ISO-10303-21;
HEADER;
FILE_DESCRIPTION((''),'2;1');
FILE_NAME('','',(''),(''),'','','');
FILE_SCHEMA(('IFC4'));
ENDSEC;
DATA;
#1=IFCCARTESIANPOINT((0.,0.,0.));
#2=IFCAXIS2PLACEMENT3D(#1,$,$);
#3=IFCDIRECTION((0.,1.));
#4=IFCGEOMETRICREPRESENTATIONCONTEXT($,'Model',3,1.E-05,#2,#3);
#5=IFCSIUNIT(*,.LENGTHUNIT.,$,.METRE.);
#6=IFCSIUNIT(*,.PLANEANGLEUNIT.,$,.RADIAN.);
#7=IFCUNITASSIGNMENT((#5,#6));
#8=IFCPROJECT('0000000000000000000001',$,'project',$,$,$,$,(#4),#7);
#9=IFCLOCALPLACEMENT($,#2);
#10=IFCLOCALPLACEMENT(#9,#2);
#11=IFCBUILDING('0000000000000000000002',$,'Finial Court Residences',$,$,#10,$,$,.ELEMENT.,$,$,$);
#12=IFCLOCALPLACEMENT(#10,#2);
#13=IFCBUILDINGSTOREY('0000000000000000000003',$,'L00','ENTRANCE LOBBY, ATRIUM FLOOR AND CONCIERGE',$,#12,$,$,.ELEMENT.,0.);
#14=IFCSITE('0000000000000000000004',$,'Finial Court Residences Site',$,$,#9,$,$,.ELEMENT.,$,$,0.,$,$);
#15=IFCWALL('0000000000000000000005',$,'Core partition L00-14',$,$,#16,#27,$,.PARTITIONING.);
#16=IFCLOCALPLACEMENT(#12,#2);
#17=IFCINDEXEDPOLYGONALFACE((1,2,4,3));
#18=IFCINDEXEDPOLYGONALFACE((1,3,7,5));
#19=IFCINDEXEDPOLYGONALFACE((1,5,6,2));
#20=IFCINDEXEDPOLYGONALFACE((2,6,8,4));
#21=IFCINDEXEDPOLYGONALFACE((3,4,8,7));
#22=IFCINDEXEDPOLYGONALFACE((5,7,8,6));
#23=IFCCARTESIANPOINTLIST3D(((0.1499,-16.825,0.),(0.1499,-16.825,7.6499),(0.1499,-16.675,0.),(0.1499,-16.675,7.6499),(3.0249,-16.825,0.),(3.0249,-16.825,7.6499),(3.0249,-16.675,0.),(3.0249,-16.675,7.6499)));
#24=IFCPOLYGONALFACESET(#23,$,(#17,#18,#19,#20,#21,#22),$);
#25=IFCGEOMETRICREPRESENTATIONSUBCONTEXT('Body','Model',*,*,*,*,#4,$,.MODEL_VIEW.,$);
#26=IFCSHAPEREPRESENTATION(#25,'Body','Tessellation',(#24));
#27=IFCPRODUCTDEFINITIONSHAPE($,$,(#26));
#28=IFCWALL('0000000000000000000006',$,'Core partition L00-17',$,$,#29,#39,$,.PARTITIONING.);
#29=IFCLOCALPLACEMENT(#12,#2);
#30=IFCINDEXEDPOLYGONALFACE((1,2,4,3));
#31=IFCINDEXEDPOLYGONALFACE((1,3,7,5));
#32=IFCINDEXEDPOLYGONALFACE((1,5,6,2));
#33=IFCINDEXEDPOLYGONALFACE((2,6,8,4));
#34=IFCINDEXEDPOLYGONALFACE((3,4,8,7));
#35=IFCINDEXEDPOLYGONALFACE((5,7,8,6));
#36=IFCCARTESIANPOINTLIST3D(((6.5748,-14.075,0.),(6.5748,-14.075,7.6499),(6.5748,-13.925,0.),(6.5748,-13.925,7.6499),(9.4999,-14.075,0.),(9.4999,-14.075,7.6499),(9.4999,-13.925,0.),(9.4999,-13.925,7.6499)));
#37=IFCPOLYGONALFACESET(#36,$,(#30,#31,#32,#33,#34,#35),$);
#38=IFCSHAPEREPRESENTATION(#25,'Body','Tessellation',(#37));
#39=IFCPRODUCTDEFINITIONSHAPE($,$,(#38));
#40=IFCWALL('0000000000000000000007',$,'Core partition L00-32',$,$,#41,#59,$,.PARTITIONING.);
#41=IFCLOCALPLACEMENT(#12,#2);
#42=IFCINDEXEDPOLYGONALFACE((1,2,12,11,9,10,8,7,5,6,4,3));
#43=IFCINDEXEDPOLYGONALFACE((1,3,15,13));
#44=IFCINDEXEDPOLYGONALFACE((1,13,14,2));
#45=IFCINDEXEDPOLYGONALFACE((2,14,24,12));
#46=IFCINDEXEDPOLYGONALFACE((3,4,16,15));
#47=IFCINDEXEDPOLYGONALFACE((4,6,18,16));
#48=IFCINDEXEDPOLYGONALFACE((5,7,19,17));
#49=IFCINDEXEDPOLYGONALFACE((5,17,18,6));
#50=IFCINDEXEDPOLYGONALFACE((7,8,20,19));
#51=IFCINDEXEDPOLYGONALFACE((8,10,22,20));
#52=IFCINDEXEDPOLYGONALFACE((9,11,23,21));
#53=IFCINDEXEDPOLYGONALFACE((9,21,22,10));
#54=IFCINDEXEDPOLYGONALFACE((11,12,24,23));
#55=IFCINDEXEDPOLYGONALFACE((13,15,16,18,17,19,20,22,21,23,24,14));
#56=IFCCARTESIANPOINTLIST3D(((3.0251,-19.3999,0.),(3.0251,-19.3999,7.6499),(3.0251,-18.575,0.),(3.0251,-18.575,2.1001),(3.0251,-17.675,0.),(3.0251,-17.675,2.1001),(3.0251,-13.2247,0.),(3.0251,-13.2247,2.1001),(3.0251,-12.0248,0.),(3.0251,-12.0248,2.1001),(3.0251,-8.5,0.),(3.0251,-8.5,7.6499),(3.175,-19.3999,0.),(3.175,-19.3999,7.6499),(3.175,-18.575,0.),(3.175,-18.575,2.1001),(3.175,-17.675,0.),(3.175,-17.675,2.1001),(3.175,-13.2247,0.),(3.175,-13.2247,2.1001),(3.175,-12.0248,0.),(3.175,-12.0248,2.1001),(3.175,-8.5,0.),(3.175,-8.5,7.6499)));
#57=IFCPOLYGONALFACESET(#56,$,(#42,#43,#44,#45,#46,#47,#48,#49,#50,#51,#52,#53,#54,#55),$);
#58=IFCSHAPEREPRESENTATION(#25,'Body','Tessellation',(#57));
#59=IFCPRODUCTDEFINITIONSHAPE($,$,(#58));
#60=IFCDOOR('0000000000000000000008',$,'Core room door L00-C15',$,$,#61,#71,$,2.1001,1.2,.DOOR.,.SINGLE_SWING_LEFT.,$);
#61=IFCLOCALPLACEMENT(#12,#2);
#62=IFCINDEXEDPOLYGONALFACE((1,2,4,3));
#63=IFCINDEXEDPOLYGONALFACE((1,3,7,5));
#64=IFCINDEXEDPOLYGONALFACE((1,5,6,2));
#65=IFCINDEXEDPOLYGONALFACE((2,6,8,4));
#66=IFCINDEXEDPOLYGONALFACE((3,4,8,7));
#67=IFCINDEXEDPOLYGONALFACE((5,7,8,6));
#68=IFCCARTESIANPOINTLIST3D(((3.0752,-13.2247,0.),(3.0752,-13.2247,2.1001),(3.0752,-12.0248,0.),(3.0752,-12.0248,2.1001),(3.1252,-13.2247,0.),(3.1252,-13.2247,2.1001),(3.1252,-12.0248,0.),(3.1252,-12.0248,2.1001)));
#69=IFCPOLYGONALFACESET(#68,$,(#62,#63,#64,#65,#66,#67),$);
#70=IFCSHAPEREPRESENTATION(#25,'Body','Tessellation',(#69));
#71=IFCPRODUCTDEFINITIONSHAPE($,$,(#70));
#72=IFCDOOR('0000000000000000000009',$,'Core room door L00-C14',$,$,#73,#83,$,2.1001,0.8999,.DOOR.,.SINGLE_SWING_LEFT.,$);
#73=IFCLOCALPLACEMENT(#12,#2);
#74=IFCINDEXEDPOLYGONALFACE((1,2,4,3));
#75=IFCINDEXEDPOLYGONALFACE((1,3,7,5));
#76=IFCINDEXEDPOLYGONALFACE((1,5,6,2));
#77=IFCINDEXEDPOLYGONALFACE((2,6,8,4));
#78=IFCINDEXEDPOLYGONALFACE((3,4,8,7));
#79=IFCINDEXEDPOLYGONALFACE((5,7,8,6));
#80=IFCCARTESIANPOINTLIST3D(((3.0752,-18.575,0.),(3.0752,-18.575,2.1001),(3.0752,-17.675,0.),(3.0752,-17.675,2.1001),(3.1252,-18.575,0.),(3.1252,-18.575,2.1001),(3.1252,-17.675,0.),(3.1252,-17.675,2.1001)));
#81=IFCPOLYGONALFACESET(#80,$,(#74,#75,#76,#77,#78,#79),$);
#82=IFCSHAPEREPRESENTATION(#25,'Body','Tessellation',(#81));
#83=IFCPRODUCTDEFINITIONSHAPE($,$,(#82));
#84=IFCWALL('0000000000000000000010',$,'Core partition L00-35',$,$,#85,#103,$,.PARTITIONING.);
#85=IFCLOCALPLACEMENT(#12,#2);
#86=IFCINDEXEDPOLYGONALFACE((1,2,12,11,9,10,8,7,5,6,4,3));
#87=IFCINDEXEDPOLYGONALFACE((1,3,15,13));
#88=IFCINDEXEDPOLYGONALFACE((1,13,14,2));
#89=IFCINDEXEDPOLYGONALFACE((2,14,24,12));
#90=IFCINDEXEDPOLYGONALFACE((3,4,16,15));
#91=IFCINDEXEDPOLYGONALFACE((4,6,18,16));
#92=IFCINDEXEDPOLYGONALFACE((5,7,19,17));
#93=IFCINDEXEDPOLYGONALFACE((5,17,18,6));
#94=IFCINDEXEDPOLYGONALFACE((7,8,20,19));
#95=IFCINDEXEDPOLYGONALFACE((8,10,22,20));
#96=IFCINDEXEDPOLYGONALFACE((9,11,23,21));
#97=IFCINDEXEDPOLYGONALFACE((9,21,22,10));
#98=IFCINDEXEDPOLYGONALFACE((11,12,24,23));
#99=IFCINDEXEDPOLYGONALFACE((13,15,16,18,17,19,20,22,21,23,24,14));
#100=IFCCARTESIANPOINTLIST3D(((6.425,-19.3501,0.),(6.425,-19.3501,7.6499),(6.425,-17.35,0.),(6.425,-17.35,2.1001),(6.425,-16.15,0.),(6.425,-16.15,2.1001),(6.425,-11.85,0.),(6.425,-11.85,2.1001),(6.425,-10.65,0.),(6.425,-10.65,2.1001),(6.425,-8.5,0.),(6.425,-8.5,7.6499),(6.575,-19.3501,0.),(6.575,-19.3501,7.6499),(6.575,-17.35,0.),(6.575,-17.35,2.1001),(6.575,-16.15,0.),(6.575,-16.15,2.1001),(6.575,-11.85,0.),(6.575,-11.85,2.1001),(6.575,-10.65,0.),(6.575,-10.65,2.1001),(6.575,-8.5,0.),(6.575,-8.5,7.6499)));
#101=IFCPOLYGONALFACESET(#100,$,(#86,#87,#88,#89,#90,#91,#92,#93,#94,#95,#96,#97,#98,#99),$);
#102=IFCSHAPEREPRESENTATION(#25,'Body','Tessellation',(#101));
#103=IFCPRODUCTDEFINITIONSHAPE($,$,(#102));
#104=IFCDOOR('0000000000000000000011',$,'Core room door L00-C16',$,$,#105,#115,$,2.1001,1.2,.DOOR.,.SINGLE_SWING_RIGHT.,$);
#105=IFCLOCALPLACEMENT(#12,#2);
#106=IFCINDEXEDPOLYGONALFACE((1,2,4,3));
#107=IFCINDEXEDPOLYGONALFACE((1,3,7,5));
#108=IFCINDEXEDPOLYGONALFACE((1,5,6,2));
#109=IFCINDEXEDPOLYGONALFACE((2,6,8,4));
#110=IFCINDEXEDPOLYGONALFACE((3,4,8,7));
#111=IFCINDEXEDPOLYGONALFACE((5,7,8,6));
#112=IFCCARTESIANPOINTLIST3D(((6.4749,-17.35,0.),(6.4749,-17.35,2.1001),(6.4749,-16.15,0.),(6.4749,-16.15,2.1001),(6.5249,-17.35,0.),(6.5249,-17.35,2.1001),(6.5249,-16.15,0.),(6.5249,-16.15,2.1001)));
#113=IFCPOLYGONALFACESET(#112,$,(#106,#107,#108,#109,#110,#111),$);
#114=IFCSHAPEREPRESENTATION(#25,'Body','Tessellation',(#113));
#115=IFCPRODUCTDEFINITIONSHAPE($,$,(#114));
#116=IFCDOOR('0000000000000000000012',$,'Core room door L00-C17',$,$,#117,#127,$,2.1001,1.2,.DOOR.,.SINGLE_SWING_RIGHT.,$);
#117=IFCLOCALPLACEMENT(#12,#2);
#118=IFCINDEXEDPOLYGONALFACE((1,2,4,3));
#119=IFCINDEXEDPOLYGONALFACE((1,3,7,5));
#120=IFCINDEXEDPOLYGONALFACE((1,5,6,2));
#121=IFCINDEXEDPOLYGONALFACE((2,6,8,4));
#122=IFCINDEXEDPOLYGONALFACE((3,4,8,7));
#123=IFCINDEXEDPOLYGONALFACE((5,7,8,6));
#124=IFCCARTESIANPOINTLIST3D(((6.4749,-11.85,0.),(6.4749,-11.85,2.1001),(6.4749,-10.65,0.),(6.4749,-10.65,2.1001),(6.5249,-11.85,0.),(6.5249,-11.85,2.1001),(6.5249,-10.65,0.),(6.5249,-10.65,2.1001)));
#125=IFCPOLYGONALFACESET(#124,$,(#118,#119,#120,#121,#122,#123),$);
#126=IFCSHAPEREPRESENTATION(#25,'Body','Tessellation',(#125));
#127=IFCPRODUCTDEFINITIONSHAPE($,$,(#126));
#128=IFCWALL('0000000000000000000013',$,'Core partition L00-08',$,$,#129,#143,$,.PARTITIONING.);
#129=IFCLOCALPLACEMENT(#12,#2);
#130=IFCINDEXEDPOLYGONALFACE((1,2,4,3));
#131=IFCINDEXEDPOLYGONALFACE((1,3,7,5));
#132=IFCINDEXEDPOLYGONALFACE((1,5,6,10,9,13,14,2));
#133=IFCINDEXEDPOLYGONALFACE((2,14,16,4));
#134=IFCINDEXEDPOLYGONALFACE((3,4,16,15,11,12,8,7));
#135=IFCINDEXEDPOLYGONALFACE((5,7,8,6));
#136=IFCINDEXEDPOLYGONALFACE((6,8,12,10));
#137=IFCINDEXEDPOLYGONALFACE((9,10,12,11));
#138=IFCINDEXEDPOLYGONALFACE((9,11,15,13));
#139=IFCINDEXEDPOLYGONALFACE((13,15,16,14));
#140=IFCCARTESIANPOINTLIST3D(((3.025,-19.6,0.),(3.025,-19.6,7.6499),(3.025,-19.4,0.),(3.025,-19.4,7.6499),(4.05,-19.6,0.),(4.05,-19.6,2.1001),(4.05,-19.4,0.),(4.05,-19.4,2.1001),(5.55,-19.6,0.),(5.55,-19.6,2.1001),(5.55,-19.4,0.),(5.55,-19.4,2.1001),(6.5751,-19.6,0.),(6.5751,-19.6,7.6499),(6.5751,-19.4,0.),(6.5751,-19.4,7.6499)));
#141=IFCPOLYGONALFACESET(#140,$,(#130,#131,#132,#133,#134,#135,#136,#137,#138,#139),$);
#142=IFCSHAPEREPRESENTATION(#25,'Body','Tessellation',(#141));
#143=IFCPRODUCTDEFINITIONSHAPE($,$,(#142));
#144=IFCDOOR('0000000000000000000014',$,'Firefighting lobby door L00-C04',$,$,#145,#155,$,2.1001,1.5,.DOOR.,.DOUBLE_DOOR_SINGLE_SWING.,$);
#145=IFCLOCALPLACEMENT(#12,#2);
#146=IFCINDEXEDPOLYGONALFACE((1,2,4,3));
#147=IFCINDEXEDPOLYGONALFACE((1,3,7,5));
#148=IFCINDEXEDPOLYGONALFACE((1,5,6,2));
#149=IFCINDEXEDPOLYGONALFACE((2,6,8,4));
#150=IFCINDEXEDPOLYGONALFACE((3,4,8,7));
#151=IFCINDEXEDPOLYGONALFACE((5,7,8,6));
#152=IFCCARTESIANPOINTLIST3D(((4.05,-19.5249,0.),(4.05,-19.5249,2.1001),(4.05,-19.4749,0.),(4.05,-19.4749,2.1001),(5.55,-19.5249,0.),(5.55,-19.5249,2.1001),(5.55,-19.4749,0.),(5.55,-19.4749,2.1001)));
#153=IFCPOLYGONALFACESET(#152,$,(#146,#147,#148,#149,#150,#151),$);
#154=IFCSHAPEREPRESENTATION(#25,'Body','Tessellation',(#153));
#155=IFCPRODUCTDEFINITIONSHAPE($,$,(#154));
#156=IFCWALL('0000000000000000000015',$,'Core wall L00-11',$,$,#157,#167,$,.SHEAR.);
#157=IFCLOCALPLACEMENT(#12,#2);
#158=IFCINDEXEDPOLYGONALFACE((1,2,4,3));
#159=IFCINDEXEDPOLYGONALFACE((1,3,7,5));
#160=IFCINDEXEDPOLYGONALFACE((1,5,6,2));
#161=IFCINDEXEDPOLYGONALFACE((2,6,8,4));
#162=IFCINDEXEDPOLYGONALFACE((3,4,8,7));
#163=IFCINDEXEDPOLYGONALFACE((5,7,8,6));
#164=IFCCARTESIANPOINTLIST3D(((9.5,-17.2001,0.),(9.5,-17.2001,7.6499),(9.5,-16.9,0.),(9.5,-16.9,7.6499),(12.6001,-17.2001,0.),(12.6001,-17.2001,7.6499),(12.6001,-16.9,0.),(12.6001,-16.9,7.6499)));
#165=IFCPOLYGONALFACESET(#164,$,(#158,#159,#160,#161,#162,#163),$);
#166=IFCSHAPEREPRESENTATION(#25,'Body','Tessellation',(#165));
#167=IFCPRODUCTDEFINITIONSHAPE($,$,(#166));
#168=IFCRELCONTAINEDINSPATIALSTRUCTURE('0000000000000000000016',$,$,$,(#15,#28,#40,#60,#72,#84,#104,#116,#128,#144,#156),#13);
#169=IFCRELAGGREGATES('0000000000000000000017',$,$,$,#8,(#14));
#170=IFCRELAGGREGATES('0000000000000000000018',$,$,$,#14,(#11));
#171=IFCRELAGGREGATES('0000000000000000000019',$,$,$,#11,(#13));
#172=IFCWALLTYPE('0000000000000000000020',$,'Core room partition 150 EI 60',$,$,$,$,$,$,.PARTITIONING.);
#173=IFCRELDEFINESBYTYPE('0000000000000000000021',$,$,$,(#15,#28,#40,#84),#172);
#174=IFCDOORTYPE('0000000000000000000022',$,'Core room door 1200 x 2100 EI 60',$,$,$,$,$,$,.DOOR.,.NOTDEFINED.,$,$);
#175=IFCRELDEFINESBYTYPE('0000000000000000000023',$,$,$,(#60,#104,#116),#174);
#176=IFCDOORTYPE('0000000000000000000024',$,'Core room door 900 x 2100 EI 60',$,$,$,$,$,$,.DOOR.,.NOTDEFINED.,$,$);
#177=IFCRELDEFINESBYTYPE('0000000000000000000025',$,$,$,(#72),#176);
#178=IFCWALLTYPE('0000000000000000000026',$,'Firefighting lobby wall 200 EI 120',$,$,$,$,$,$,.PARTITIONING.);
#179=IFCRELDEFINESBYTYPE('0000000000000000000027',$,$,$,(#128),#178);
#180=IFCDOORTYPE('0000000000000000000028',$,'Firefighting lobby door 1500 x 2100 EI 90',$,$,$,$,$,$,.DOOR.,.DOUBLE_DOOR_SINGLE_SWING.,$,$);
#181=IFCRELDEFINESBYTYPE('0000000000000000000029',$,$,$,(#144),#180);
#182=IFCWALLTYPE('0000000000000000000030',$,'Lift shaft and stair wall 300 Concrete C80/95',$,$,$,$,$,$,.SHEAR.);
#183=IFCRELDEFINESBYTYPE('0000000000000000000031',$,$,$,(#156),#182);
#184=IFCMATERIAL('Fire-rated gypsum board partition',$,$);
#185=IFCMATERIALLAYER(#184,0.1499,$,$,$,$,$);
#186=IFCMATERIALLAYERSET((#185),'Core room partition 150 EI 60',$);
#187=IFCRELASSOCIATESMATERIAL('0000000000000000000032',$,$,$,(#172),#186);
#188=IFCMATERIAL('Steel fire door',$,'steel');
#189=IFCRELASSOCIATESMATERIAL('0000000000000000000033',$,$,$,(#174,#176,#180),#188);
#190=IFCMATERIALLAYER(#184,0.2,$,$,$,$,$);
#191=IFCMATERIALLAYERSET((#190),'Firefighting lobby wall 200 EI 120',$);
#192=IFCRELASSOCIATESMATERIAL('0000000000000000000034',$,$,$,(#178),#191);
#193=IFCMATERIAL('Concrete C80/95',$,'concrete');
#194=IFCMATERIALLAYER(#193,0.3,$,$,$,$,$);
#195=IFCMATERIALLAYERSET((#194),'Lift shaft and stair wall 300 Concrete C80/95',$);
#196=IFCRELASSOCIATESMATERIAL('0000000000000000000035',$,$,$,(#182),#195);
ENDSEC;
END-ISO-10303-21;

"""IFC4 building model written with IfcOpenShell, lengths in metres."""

from ifc_helpers import new_model, si_unit, direction, frame, frame_2d, origin, place, context, subcontext, project, spatial, rectangle, extrude, material, layer, layer_set, type_object, element, fill, save


model = new_model("IFC4")

# Units and contexts
model_context = context("Model", 3, precision=1e-05, world=origin(), true_north=direction((0.0, 1.0)))
body_context = subcontext(model_context, "Body", "Model", "MODEL_VIEW")
ifc_project = project(units=[si_unit("LENGTHUNIT", "METRE"), si_unit("PLANEANGLEUNIT", "RADIAN")], contexts=[model_context])

# Site, building, storey
site_placement = place(None, origin())
site = spatial("IfcSite", under=ifc_project, at=site_placement, Name="Finial Court Residences Site", CompositionType="ELEMENT", RefElevation=0.0)
building_placement = place(site_placement, origin())
building = spatial("IfcBuilding", under=site, at=building_placement, Name="Finial Court Residences", CompositionType="ELEMENT")
storey_placement = place(building_placement, origin())
storey = spatial("IfcBuildingStorey", under=building, at=storey_placement, Name="L00", Description="ENTRANCE LOBBY, ATRIUM FLOOR AND CONCIERGE", CompositionType="ELEMENT", Elevation=0.0)

# Walls
ifc_material_1 = material(Name="Fire-rated gypsum board partition")
ifc_layer_1 = layer(ifc_material_1, 0.1499)
ifc_layer_set_1 = layer_set([ifc_layer_1], Name="Core room partition 150 EI 60")
wall_type_1 = type_object("IfcWallType", Name="Core room partition 150 EI 60", PredefinedType="PARTITIONING", material=ifc_layer_set_1)
wall_1_placement = place(storey_placement, frame((0.1499, -16.75, 0.0), z_axis=(0.0, 0.0, 1.0), x_axis=(1.0, 0.0, 0.0)))
element("IfcWall", 1, at=wall_1_placement, inside=storey, type_object=wall_type_1, Name="Core partition L00-14", PredefinedType="PARTITIONING", context=body_context, shape_type="SweptSolid", body=[
    extrude(rectangle(XDim=2.875, YDim=0.1499, at=frame_2d((1.4375, 0.0))), origin(), (0.0, 0.0, 1.0), 7.6499),
])
wall_2_placement = place(storey_placement, frame((6.575, -14.0, 0.0), z_axis=(0.0, 0.0, 1.0), x_axis=(1.0, 0.0, 0.0)))
element("IfcWall", 2, at=wall_2_placement, inside=storey, type_object=wall_type_1, Name="Core partition L00-17", PredefinedType="PARTITIONING", context=body_context, shape_type="SweptSolid", body=[
    extrude(rectangle(XDim=2.925, YDim=0.1499, at=frame_2d((1.4624, 0.0))), origin(), (0.0, 0.0, 1.0), 7.6499),
])

# Walls, openings, doors
wall_3_placement = place(storey_placement, frame((3.1001, -19.3999, 0.0), z_axis=(0.0, 0.0, 1.0), x_axis=(0.0, 1.0, 0.0)))
wall_3 = element("IfcWall", 3, at=wall_3_placement, inside=storey, type_object=wall_type_1, Name="Core partition L00-32", PredefinedType="PARTITIONING", context=body_context, shape_type="SweptSolid", body=[
    extrude(rectangle(XDim=10.8999, YDim=0.1499, at=frame_2d((5.45, 0.0))), origin(), (0.0, 0.0, 1.0), 7.6499),
])
opening_1_placement = place(wall_3_placement, frame((0.825, 0.0, 0.0)))
opening_1 = element("IfcOpeningElement", 4, at=opening_1_placement, cuts=wall_3, PredefinedType="OPENING", context=body_context, shape_type="SweptSolid", body=[
    extrude(rectangle(XDim=0.8999, YDim=2.1001, at=frame_2d((0.45, 1.05))), frame((0.0, 0.085, 0.0), z_axis=(0.0, -1.0, 0.0), x_axis=(1.0, 0.0, 0.0)), (0.0, 0.0, 1.0), 0.1699),
])
opening_2_placement = place(wall_3_placement, frame((6.175, 0.0, 0.0)))
opening_2 = element("IfcOpeningElement", 5, at=opening_2_placement, cuts=wall_3, PredefinedType="OPENING", context=body_context, shape_type="SweptSolid", body=[
    extrude(rectangle(XDim=1.2, YDim=2.1001, at=frame_2d((0.6001, 1.05))), frame((0.0, 0.085, 0.0), z_axis=(0.0, -1.0, 0.0), x_axis=(1.0, 0.0, 0.0)), (0.0, 0.0, 1.0), 0.1699),
])
ifc_material_2 = material(Name="Steel fire door", Category="steel")
door_type_1 = type_object("IfcDoorType", Name="Core room door 1200 x 2100 EI 60", OperationType="NOTDEFINED", PredefinedType="DOOR", material=ifc_material_2)
door_1_placement = place(opening_2_placement, origin())
door_1 = element("IfcDoor", 6, at=door_1_placement, inside=storey, type_object=door_type_1, Name="Core room door L00-C15", OperationType="SINGLE_SWING_LEFT", OverallHeight=2.1001, OverallWidth=1.2, PredefinedType="DOOR", context=body_context, shape_type="SweptSolid", body=[
    extrude(rectangle(XDim=1.2, YDim=2.1001, at=frame_2d((0.6001, 1.05))), frame((0.0, 0.0249, 0.0), z_axis=(0.0, -1.0, 0.0), x_axis=(1.0, 0.0, 0.0)), (0.0, 0.0, 1.0), 0.05),
])
fill(opening_2, door_1)
door_type_2 = type_object("IfcDoorType", Name="Core room door 900 x 2100 EI 60", OperationType="NOTDEFINED", PredefinedType="DOOR", material=ifc_material_2)
door_2_placement = place(opening_1_placement, origin())
door_2 = element("IfcDoor", 7, at=door_2_placement, inside=storey, type_object=door_type_2, Name="Core room door L00-C14", OperationType="SINGLE_SWING_LEFT", OverallHeight=2.1001, OverallWidth=0.8999, PredefinedType="DOOR", context=body_context, shape_type="SweptSolid", body=[
    extrude(rectangle(XDim=0.8999, YDim=2.1001, at=frame_2d((0.45, 1.05))), frame((0.0, 0.0249, 0.0), z_axis=(0.0, -1.0, 0.0), x_axis=(1.0, 0.0, 0.0)), (0.0, 0.0, 1.0), 0.05),
])
fill(opening_1, door_2)
wall_4_placement = place(storey_placement, frame((6.5, -8.5, 0.0), z_axis=(0.0, 0.0, 1.0), x_axis=(0.0, -1.0, 0.0)))
wall_4 = element("IfcWall", 8, at=wall_4_placement, inside=storey, type_object=wall_type_1, Name="Core partition L00-35", PredefinedType="PARTITIONING", context=body_context, shape_type="SweptSolid", body=[
    extrude(rectangle(XDim=10.8501, YDim=0.1499, at=frame_2d((5.425, 0.0))), origin(), (0.0, 0.0, 1.0), 7.6499),
])
opening_3_placement = place(wall_4_placement, frame((7.6499, 0.0, 0.0)))
opening_3 = element("IfcOpeningElement", 9, at=opening_3_placement, cuts=wall_4, PredefinedType="OPENING", context=body_context, shape_type="SweptSolid", body=[
    extrude(rectangle(XDim=1.2, YDim=2.1001, at=frame_2d((0.6001, 1.05))), frame((0.0, 0.085, 0.0), z_axis=(0.0, -1.0, 0.0), x_axis=(1.0, 0.0, 0.0)), (0.0, 0.0, 1.0), 0.1699),
])
opening_4_placement = place(wall_4_placement, frame((2.1499, 0.0, 0.0)))
opening_4 = element("IfcOpeningElement", 10, at=opening_4_placement, cuts=wall_4, PredefinedType="OPENING", context=body_context, shape_type="SweptSolid", body=[
    extrude(rectangle(XDim=1.2, YDim=2.1001, at=frame_2d((0.6001, 1.05))), frame((0.0, 0.085, 0.0), z_axis=(0.0, -1.0, 0.0), x_axis=(1.0, 0.0, 0.0)), (0.0, 0.0, 1.0), 0.1699),
])
door_3_placement = place(opening_3_placement, origin())
door_3 = element("IfcDoor", 11, at=door_3_placement, inside=storey, type_object=door_type_1, Name="Core room door L00-C16", OperationType="SINGLE_SWING_RIGHT", OverallHeight=2.1001, OverallWidth=1.2, PredefinedType="DOOR", context=body_context, shape_type="SweptSolid", body=[
    extrude(rectangle(XDim=1.2, YDim=2.1001, at=frame_2d((0.6001, 1.05))), frame((0.0, 0.0249, 0.0), z_axis=(0.0, -1.0, 0.0), x_axis=(1.0, 0.0, 0.0)), (0.0, 0.0, 1.0), 0.05),
])
fill(opening_3, door_3)
door_4_placement = place(opening_4_placement, origin())
door_4 = element("IfcDoor", 12, at=door_4_placement, inside=storey, type_object=door_type_1, Name="Core room door L00-C17", OperationType="SINGLE_SWING_RIGHT", OverallHeight=2.1001, OverallWidth=1.2, PredefinedType="DOOR", context=body_context, shape_type="SweptSolid", body=[
    extrude(rectangle(XDim=1.2, YDim=2.1001, at=frame_2d((0.6001, 1.05))), frame((0.0, 0.0249, 0.0), z_axis=(0.0, -1.0, 0.0), x_axis=(1.0, 0.0, 0.0)), (0.0, 0.0, 1.0), 0.05),
])
fill(opening_4, door_4)

# Wall, opening, door
ifc_layer_2 = layer(ifc_material_1, 0.2)
ifc_layer_set_2 = layer_set([ifc_layer_2], Name="Firefighting lobby wall 200 EI 120")
wall_type_2 = type_object("IfcWallType", Name="Firefighting lobby wall 200 EI 120", PredefinedType="PARTITIONING", material=ifc_layer_set_2)
wall_5_placement = place(storey_placement, frame((6.575, -19.5, 0.0), z_axis=(0.0, 0.0, 1.0), x_axis=(-1.0, 0.0, 0.0)))
wall_5 = element("IfcWall", 13, at=wall_5_placement, inside=storey, type_object=wall_type_2, Name="Core partition L00-08", PredefinedType="PARTITIONING", context=body_context, shape_type="SweptSolid", body=[
    extrude(rectangle(XDim=3.55, YDim=0.2, at=frame_2d((1.7749, 0.0))), origin(), (0.0, 0.0, 1.0), 7.6499),
])
opening_5_placement = place(wall_5_placement, frame((1.0249, 0.0, 0.0)))
opening_5 = element("IfcOpeningElement", 14, at=opening_5_placement, cuts=wall_5, PredefinedType="OPENING", context=body_context, shape_type="SweptSolid", body=[
    extrude(rectangle(XDim=1.5, YDim=2.1001, at=frame_2d((0.75, 1.05))), frame((0.0, 0.1099, 0.0), z_axis=(0.0, -1.0, 0.0), x_axis=(1.0, 0.0, 0.0)), (0.0, 0.0, 1.0), 0.22),
])
door_type_3 = type_object("IfcDoorType", Name="Firefighting lobby door 1500 x 2100 EI 90", OperationType="DOUBLE_DOOR_SINGLE_SWING", PredefinedType="DOOR", material=ifc_material_2)
door_5_placement = place(opening_5_placement, origin())
door_5 = element("IfcDoor", 15, at=door_5_placement, inside=storey, type_object=door_type_3, Name="Firefighting lobby door L00-C04", OperationType="DOUBLE_DOOR_SINGLE_SWING", OverallHeight=2.1001, OverallWidth=1.5, PredefinedType="DOOR", context=body_context, shape_type="SweptSolid", body=[
    extrude(rectangle(XDim=1.5, YDim=2.1001, at=frame_2d((0.75, 1.05))), frame((0.0, 0.0249, 0.0), z_axis=(0.0, -1.0, 0.0), x_axis=(1.0, 0.0, 0.0)), (0.0, 0.0, 1.0), 0.05),
])
fill(opening_5, door_5)

# Wall
ifc_material_3 = material(Name="Concrete C80/95", Category="concrete")
ifc_layer_3 = layer(ifc_material_3, 0.3)
ifc_layer_set_3 = layer_set([ifc_layer_3], Name="Lift shaft and stair wall 300 Concrete C80/95")
wall_type_3 = type_object("IfcWallType", Name="Lift shaft and stair wall 300 Concrete C80/95", PredefinedType="SHEAR", material=ifc_layer_set_3)
wall_6_placement = place(storey_placement, frame((9.5, -17.05, 0.0), z_axis=(0.0, 0.0, 1.0), x_axis=(1.0, 0.0, 0.0)))
element("IfcWall", 16, at=wall_6_placement, inside=storey, type_object=wall_type_3, Name="Core wall L00-11", PredefinedType="SHEAR", context=body_context, shape_type="SweptSolid", body=[
    extrude(rectangle(XDim=3.1001, YDim=0.3, at=frame_2d((1.55, 0.0))), origin(), (0.0, 0.0, 1.0), 7.6499),
])

save(model, "model.ifc")
